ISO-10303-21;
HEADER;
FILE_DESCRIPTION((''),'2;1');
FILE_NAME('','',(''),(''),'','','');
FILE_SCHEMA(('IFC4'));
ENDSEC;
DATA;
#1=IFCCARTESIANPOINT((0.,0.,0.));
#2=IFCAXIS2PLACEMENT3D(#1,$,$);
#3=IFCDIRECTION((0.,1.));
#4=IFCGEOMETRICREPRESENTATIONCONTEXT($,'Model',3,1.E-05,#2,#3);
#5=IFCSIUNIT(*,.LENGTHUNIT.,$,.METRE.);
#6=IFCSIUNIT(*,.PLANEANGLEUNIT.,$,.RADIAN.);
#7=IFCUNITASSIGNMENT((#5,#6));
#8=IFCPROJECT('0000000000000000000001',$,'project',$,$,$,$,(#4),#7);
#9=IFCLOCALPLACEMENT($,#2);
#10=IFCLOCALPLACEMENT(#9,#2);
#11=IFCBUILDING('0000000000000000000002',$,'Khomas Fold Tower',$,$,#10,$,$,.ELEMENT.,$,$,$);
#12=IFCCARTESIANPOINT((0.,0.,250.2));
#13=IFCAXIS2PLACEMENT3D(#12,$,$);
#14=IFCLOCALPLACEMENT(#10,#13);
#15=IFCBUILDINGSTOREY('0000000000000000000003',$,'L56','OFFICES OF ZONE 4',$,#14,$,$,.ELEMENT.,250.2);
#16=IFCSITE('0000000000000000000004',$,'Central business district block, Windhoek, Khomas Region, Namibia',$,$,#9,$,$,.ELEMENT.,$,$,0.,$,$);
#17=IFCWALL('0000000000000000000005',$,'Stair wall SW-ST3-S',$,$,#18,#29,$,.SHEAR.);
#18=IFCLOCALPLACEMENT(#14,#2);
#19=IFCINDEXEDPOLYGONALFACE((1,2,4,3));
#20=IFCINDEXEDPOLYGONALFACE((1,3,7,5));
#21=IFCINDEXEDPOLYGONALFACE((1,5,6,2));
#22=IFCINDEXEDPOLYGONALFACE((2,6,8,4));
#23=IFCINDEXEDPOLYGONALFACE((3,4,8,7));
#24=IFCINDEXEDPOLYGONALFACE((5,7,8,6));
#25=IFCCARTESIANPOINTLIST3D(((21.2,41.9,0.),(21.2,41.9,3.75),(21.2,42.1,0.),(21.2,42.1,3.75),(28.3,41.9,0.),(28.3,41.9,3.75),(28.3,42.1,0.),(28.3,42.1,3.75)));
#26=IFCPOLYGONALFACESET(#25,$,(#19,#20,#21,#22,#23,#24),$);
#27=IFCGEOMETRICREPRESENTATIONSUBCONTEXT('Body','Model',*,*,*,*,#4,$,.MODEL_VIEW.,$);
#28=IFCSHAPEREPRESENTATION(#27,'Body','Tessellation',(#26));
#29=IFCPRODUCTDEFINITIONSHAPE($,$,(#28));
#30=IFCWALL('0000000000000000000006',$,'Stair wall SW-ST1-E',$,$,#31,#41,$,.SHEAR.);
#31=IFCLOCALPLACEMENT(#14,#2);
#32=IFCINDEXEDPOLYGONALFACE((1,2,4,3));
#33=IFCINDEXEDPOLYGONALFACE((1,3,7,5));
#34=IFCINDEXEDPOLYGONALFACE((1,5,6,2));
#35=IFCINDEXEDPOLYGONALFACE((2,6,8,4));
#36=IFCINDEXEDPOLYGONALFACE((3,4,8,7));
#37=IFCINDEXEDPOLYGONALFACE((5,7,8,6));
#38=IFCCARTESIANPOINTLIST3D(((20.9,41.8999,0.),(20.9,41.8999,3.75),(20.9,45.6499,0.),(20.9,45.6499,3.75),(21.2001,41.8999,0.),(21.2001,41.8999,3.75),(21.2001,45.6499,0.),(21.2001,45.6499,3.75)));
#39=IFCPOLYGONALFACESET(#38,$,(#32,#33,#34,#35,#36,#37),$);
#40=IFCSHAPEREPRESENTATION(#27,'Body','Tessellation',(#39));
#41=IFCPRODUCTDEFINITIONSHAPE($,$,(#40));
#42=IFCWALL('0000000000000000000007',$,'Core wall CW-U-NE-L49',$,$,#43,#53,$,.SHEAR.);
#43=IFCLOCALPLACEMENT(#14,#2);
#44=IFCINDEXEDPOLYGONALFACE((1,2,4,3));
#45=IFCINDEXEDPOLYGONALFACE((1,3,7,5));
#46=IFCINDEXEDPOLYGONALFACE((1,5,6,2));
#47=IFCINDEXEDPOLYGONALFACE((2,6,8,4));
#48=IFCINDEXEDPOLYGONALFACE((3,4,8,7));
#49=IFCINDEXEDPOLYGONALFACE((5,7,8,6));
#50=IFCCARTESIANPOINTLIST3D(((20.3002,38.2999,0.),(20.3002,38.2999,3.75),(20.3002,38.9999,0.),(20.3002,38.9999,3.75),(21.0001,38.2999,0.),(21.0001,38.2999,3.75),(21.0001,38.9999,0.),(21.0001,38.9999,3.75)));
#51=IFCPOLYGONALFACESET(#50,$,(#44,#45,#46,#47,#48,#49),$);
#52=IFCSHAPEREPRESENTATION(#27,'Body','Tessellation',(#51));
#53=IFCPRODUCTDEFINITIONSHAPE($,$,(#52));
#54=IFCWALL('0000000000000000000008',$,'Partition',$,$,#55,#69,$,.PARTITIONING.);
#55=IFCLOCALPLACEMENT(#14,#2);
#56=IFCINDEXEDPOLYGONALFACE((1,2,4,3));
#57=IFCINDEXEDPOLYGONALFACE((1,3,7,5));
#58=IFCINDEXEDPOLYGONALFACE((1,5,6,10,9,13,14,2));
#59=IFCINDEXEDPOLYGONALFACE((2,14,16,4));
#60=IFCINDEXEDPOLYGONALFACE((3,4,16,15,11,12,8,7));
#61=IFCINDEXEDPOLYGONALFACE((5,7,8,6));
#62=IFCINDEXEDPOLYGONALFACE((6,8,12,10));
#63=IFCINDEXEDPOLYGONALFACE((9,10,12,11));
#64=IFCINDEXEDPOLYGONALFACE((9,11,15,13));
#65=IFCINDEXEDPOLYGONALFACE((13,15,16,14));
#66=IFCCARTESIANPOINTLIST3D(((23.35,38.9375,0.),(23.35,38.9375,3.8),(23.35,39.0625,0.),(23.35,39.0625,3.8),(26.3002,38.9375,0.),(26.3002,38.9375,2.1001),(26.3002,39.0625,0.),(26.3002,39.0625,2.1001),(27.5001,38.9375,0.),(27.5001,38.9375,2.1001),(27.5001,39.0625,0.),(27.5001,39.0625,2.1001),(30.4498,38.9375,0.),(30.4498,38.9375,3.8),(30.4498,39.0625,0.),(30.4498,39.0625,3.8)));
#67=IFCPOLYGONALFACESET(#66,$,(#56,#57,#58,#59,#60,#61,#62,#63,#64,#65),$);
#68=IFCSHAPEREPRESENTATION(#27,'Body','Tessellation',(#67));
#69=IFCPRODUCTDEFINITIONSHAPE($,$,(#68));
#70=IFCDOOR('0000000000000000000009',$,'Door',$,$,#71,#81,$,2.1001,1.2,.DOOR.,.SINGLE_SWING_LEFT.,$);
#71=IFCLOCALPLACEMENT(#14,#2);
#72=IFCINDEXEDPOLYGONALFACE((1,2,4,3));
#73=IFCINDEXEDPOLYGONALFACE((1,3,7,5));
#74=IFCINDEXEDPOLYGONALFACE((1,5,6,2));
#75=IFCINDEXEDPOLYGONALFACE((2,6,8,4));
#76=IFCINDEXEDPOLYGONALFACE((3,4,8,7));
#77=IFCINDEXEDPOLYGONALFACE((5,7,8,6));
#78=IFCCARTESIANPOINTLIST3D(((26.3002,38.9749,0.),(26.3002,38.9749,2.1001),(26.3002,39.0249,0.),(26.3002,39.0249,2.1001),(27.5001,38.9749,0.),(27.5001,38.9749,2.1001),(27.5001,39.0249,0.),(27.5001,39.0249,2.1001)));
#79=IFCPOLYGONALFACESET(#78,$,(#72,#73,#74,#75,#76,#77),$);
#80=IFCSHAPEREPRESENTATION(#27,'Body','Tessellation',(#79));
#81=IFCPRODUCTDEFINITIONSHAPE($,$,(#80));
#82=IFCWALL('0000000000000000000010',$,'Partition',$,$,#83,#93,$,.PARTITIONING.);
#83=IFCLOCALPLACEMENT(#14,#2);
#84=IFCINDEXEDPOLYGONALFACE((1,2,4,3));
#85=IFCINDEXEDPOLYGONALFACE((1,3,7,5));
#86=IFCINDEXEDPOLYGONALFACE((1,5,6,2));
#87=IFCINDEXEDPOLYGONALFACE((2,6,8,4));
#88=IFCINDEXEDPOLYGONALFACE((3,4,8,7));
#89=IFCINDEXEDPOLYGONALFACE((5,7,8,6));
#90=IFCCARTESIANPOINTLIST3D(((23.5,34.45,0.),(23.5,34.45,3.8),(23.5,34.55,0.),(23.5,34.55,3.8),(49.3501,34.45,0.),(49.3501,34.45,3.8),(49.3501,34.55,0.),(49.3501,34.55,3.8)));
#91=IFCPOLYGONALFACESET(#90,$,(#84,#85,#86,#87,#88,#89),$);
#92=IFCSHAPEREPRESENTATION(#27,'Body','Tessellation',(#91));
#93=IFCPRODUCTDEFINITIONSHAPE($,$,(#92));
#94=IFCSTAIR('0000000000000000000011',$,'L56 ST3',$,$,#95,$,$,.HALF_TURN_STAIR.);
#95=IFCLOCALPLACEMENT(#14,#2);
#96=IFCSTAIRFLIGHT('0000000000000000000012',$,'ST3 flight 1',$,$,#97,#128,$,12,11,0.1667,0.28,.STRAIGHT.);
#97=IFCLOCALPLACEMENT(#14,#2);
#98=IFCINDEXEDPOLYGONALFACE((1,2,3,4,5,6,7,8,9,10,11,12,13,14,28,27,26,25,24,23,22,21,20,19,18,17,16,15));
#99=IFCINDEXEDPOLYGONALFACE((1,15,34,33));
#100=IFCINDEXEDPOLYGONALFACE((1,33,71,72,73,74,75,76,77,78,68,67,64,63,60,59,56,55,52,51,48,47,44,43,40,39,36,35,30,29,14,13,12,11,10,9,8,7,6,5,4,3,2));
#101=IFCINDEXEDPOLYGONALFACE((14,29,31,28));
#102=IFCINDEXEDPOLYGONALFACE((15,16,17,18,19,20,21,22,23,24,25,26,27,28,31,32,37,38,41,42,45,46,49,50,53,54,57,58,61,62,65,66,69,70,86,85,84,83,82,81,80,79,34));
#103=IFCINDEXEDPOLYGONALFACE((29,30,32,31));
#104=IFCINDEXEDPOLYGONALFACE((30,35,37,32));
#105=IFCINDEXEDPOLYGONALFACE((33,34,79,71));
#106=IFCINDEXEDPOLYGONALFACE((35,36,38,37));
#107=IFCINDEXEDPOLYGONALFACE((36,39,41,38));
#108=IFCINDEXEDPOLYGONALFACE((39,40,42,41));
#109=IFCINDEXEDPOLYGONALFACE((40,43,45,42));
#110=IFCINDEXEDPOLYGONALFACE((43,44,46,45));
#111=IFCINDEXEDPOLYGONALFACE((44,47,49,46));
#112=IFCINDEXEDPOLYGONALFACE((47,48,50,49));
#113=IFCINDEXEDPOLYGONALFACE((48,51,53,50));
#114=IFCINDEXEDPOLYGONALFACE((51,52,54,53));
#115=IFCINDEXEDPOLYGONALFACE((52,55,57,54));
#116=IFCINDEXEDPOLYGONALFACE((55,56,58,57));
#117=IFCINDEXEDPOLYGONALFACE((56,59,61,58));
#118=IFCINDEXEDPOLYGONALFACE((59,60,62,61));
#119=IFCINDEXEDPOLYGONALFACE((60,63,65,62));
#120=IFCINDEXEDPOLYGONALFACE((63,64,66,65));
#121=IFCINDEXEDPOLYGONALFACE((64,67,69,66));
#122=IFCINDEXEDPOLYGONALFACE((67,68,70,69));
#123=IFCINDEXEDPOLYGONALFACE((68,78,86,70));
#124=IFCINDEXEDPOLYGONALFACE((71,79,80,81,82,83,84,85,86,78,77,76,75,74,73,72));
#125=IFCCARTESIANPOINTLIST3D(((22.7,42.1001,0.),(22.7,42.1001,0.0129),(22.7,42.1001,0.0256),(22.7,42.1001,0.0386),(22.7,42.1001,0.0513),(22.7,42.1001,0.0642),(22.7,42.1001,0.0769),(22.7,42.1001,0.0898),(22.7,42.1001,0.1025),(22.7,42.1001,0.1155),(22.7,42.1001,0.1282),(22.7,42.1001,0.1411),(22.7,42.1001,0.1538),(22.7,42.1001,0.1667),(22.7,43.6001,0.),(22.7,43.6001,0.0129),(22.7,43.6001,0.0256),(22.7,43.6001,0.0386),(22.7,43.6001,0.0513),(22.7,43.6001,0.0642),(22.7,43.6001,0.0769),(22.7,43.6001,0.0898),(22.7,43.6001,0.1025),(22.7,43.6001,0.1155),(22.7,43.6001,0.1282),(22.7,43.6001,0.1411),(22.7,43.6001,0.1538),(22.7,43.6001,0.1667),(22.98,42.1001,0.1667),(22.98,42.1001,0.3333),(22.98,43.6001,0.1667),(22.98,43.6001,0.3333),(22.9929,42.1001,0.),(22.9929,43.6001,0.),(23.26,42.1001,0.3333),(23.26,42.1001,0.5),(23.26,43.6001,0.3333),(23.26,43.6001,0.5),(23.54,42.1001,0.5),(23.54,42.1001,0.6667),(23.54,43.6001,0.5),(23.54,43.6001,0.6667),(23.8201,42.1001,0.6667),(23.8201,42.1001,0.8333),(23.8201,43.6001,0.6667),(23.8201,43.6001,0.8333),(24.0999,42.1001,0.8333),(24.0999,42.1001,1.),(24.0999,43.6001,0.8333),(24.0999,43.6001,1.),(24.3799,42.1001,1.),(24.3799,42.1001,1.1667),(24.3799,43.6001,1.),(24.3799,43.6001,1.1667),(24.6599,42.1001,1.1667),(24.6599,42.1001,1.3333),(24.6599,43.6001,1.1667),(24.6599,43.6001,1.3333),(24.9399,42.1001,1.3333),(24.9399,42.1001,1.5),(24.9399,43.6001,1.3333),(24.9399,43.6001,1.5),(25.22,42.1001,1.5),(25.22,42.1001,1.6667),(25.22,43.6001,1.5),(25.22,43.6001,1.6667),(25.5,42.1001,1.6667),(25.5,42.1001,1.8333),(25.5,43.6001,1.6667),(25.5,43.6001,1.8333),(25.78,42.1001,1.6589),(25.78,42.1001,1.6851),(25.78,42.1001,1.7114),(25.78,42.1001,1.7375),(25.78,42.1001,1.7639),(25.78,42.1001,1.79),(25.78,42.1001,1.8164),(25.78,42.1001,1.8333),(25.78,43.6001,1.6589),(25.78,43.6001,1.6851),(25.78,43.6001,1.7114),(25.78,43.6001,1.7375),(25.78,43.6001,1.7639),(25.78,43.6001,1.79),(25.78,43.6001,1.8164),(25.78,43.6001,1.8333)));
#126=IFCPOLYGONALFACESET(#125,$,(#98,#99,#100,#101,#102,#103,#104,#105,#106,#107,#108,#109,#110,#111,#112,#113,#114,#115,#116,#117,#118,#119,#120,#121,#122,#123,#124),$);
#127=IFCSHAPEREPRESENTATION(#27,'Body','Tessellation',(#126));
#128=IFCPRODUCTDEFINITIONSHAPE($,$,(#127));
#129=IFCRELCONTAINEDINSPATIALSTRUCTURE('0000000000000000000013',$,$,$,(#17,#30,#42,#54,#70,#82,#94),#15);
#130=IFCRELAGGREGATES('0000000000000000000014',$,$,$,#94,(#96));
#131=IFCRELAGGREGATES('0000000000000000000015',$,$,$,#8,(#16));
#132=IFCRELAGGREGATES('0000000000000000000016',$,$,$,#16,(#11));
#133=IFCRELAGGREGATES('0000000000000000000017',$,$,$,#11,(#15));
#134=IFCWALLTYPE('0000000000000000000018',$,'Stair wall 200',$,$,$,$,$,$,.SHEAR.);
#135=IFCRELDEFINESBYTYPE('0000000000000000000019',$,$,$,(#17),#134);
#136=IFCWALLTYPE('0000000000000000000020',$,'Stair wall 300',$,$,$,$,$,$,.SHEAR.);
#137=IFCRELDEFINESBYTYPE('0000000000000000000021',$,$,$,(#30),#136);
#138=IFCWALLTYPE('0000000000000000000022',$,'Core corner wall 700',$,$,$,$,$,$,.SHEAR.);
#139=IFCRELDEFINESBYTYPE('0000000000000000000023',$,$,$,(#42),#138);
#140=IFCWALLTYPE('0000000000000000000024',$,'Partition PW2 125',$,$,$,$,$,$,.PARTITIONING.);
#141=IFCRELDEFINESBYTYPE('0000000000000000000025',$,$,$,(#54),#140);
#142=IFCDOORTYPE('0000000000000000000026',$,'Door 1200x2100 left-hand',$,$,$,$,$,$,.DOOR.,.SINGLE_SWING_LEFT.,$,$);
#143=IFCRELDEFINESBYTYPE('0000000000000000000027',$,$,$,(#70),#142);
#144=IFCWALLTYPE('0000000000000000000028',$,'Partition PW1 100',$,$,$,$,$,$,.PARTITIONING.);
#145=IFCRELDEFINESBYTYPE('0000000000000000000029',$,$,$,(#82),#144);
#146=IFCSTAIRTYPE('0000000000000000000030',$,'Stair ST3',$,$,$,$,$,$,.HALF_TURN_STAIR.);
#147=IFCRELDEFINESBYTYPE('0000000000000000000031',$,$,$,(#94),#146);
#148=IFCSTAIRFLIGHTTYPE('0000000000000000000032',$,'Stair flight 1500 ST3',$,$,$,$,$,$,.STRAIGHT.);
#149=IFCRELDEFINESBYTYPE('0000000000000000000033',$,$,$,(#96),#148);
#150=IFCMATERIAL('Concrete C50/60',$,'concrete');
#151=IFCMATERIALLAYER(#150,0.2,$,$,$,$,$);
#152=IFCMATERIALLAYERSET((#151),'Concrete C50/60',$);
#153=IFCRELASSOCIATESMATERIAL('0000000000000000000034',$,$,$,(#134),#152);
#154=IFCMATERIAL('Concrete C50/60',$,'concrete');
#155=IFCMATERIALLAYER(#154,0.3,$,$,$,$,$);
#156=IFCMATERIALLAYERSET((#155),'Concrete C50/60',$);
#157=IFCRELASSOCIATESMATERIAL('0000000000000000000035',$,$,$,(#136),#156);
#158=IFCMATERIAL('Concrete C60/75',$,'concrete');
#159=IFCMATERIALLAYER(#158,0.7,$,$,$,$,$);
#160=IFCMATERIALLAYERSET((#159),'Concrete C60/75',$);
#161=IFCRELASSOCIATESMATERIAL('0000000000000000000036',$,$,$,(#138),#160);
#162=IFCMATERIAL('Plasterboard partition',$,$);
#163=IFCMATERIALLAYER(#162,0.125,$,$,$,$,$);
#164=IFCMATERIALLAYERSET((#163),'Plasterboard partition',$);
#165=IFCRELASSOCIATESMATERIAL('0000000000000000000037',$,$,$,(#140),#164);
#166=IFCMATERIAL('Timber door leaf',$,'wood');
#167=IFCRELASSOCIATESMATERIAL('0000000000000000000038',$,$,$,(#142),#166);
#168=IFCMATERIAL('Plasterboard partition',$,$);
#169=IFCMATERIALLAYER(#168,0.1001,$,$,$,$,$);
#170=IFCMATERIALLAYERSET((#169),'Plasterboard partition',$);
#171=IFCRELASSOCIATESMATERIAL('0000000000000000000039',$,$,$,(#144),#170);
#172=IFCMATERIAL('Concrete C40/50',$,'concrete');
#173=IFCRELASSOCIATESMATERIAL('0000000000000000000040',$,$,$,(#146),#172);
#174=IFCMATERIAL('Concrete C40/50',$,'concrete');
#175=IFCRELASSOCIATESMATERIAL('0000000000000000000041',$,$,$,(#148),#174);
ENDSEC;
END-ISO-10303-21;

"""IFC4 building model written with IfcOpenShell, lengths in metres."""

from ifc_helpers import new_model, si_unit, direction, frame, frame_2d, origin, place, context, subcontext, project, spatial, polyline, rectangle, outline, extrude, source, transform, mapped, material, layer, layer_set, type_object, element, fill, aggregate, save


model = new_model("IFC4")

# Units and contexts
model_context = context("Model", 3, precision=1e-05, world=origin(), true_north=direction((0.0, 1.0)))
body_context = subcontext(model_context, "Body", "Model", "MODEL_VIEW")
ifc_project = project(units=[si_unit("LENGTHUNIT", "METRE"), si_unit("PLANEANGLEUNIT", "RADIAN")], contexts=[model_context])

# Site, building, storey
site_placement = place(None, origin())
site = spatial("IfcSite", under=ifc_project, at=site_placement, Name="Central business district block, Windhoek, Khomas Region, Namibia", CompositionType="ELEMENT", RefElevation=0.0)
building_placement = place(site_placement, origin())
building = spatial("IfcBuilding", under=site, at=building_placement, Name="Khomas Fold Tower", CompositionType="ELEMENT")
storey_placement = place(building_placement, frame((0.0, 0.0, 250.2)))
storey = spatial("IfcBuildingStorey", under=building, at=storey_placement, Name="L56", Description="OFFICES OF ZONE 4", CompositionType="ELEMENT", Elevation=250.2)

# Shared definitions
ifc_material_1 = material(Name="Concrete C50/60", Category="concrete")
ifc_layer_1 = layer(ifc_material_1, 0.2)
ifc_layer_set_1 = layer_set([ifc_layer_1], Name="Concrete C50/60")
wall_type_1 = type_object("IfcWallType", Name="Stair wall 200", PredefinedType="SHEAR", material=ifc_layer_set_1)
shared_shape_1 = source(origin(), body_context, "Body", "SweptSolid", [
    extrude(rectangle(XDim=7.1001, YDim=0.2, at=frame_2d((3.55, 0.0))), origin(), (0.0, 0.0, 1.0), 3.75),
])
shared_shape_2 = source(origin(), body_context, "Body", "SweptSolid", [
    extrude(rectangle(XDim=1.2, YDim=2.1001, at=frame_2d((0.6001, 1.05))), frame((0.0, 0.0249, 0.0), z_axis=(0.0, -1.0, 0.0), x_axis=(1.0, 0.0, 0.0)), (0.0, 0.0, 1.0), 0.05),
])

# Walls
wall_1_placement = place(storey_placement, frame((21.2, 42.0, 0.0), z_axis=(0.0, 0.0, 1.0), x_axis=(1.0, 0.0, 0.0)))
element("IfcWall", 1, at=wall_1_placement, inside=storey, type_object=wall_type_1, Name="Stair wall SW-ST3-S", PredefinedType="SHEAR", context=body_context, shape_type="MappedRepresentation", body=[
    mapped(shared_shape_1, transform((0.0, 0.0, 0.0))),
])
ifc_material_2 = material(Name="Concrete C50/60", Category="concrete")
ifc_layer_2 = layer(ifc_material_2, 0.3)
ifc_layer_set_2 = layer_set([ifc_layer_2], Name="Concrete C50/60")
wall_type_2 = type_object("IfcWallType", Name="Stair wall 300", PredefinedType="SHEAR", material=ifc_layer_set_2)
shared_shape_3 = source(origin(), body_context, "Body", "SweptSolid", [
    extrude(rectangle(XDim=3.75, YDim=0.3, at=frame_2d((1.875, 0.0))), origin(), (0.0, 0.0, 1.0), 3.75),
])
wall_2_placement = place(storey_placement, frame((21.05, 41.8999, 0.0), z_axis=(0.0, 0.0, 1.0), x_axis=(0.0, 1.0, 0.0)))
element("IfcWall", 2, at=wall_2_placement, inside=storey, type_object=wall_type_2, Name="Stair wall SW-ST1-E", PredefinedType="SHEAR", context=body_context, shape_type="MappedRepresentation", body=[
    mapped(shared_shape_3, transform((0.0, 0.0, 0.0))),
])
ifc_material_3 = material(Name="Concrete C60/75", Category="concrete")
ifc_layer_3 = layer(ifc_material_3, 0.7)
ifc_layer_set_3 = layer_set([ifc_layer_3], Name="Concrete C60/75")
wall_type_3 = type_object("IfcWallType", Name="Core corner wall 700", PredefinedType="SHEAR", material=ifc_layer_set_3)
shared_shape_4 = source(origin(), body_context, "Body", "SweptSolid", [
    extrude(rectangle(XDim=0.7, YDim=0.7, at=frame_2d((0.3501, 0.0))), origin(), (0.0, 0.0, 1.0), 3.75),
])
wall_3_placement = place(storey_placement, frame((20.3, 38.6499, 0.0), z_axis=(0.0, 0.0, 1.0), x_axis=(1.0, 0.0, 0.0)))
element("IfcWall", 3, at=wall_3_placement, inside=storey, type_object=wall_type_3, Name="Core wall CW-U-NE-L49", PredefinedType="SHEAR", context=body_context, shape_type="MappedRepresentation", body=[
    mapped(shared_shape_4, transform((0.0, 0.0, 0.0))),
])

# Wall, opening, door
ifc_material_4 = material(Name="Plasterboard partition")
ifc_layer_4 = layer(ifc_material_4, 0.125)
ifc_layer_set_4 = layer_set([ifc_layer_4], Name="Plasterboard partition")
wall_type_4 = type_object("IfcWallType", Name="Partition PW2 125", PredefinedType="PARTITIONING", material=ifc_layer_set_4)
shared_shape_5 = source(origin(), body_context, "Body", "SweptSolid", [
    extrude(rectangle(XDim=7.0999, YDim=0.125, at=frame_2d((3.5498, 0.0))), origin(), (0.0, 0.0, 1.0), 3.8),
])
wall_4_placement = place(storey_placement, frame((23.3501, 39.0, 0.0), z_axis=(0.0, 0.0, 1.0), x_axis=(1.0, 0.0, 0.0)))
wall_4 = element("IfcWall", 4, at=wall_4_placement, inside=storey, type_object=wall_type_4, Name="Partition", PredefinedType="PARTITIONING", context=body_context, shape_type="MappedRepresentation", body=[
    mapped(shared_shape_5, transform((0.0, 0.0, 0.0))),
])
shared_shape_6 = source(origin(), body_context, "Body", "SweptSolid", [
    extrude(rectangle(XDim=1.2, YDim=2.1001, at=frame_2d((0.6001, 1.05))), frame((0.0, 0.0725, 0.0), z_axis=(0.0, -1.0, 0.0), x_axis=(1.0, 0.0, 0.0)), (0.0, 0.0, 1.0), 0.145),
])
opening_1_placement = place(wall_4_placement, frame((2.95, 0.0, 0.0)))
opening_1 = element("IfcOpeningElement", 5, at=opening_1_placement, cuts=wall_4, PredefinedType="OPENING", context=body_context, shape_type="MappedRepresentation", body=[
    mapped(shared_shape_6, transform((0.0, 0.0, 0.0))),
])
ifc_material_5 = material(Name="Timber door leaf", Category="wood")
door_type_1 = type_object("IfcDoorType", Name="Door 1200x2100 left-hand", OperationType="SINGLE_SWING_LEFT", PredefinedType="DOOR", material=ifc_material_5)
door_1_placement = place(opening_1_placement, origin())
door_1 = element("IfcDoor", 6, at=door_1_placement, inside=storey, type_object=door_type_1, Name="Door", OperationType="SINGLE_SWING_LEFT", OverallHeight=2.1001, OverallWidth=1.2, PredefinedType="DOOR", context=body_context, shape_type="MappedRepresentation", body=[
    mapped(shared_shape_2, transform((0.0, 0.0, 0.0))),
])
fill(opening_1, door_1)

# Wall
ifc_material_6 = material(Name="Plasterboard partition")
ifc_layer_5 = layer(ifc_material_6, 0.1001)
ifc_layer_set_5 = layer_set([ifc_layer_5], Name="Plasterboard partition")
wall_type_5 = type_object("IfcWallType", Name="Partition PW1 100", PredefinedType="PARTITIONING", material=ifc_layer_set_5)
shared_shape_7 = source(origin(), body_context, "Body", "SweptSolid", [
    extrude(rectangle(XDim=25.8501, YDim=0.1001, at=frame_2d((12.925, 0.0))), origin(), (0.0, 0.0, 1.0), 3.8),
])
wall_5_placement = place(storey_placement, frame((23.5, 34.5, 0.0), z_axis=(0.0, 0.0, 1.0), x_axis=(1.0, 0.0, 0.0)))
element("IfcWall", 7, at=wall_5_placement, inside=storey, type_object=wall_type_5, Name="Partition", PredefinedType="PARTITIONING", context=body_context, shape_type="MappedRepresentation", body=[
    mapped(shared_shape_7, transform((0.0, 0.0, 0.0))),
])

# Stair, stair flight
ifc_material_7 = material(Name="Concrete C40/50", Category="concrete")
stair_type = type_object("IfcStairType", Name="Stair ST3", PredefinedType="HALF_TURN_STAIR", material=ifc_material_7)
stair_placement = place(storey_placement, origin())
stair = element("IfcStair", 8, at=stair_placement, inside=storey, type_object=stair_type, Name="L56 ST3", PredefinedType="HALF_TURN_STAIR")
ifc_material_8 = material(Name="Concrete C40/50", Category="concrete")
stair_flight_type = type_object("IfcStairFlightType", Name="Stair flight 1500 ST3", PredefinedType="STRAIGHT", material=ifc_material_8)
shared_shape_8 = source(origin(), body_context, "Body", "SweptSolid", [
    extrude(outline(polyline([(0.0, 0.0), (0.0, 0.0129), (0.0, 0.0256), (0.0, 0.0386), (0.0, 0.0513), (0.0, 0.0642), (0.0, 0.0769), (0.0, 0.0898), (0.0, 0.1025), (0.0, 0.1155), (0.0, 0.1282), (0.0, 0.1411), (0.0, 0.1538), (0.0, 0.1667), (0.28, 0.1667), (0.28, 0.3333), (0.5601, 0.3333), (0.5601, 0.5), (0.8401, 0.5), (0.8401, 0.6667), (1.1201, 0.6667), (1.1201, 0.8333), (1.3999, 0.8333), (1.3999, 1.0), (1.6799, 1.0), (1.6799, 1.1667), (1.96, 1.1667), (1.96, 1.3333), (2.24, 1.3333), (2.24, 1.5), (2.52, 1.5), (2.52, 1.6667), (2.8, 1.6667), (2.8, 1.8333), (3.0801, 1.8333), (3.0801, 2.0), (3.0801, 1.9739), (3.0801, 1.9475), (3.0801, 1.9214), (3.0801, 1.895), (3.0801, 1.8689), (3.0801, 1.8425), (3.0801, 1.8164), (3.0801, 1.79), (3.0801, 1.7639), (3.0801, 1.7375), (3.0801, 1.7114), (3.0801, 1.6851), (3.0801, 1.6589), (0.293, 0.0), (0.0, 0.0)])), frame((0.0, 0.75, 0.0), z_axis=(0.0, -1.0, 0.0), x_axis=(1.0, 0.0, 0.0)), (0.0, 0.0, 1.0), 1.5),
])
stair_flight_1_placement = place(storey_placement, frame((22.7, 42.8501, 0.0), z_axis=(0.0, 0.0, 1.0), x_axis=(1.0, 0.0, 0.0)))
stair_flight_1 = element("IfcStairFlight", 9, at=stair_flight_1_placement, type_object=stair_flight_type, Name="ST3 flight 1", NumberOfRisers=12, NumberOfTreads=11, PredefinedType="STRAIGHT", RiserHeight=0.1667, TreadLength=0.28, context=body_context, shape_type="MappedRepresentation", body=[
    mapped(shared_shape_8, transform((0.0, 0.0, 0.0))),
])
aggregate(stair, [stair_flight_1])

save(model, "model.ifc")
